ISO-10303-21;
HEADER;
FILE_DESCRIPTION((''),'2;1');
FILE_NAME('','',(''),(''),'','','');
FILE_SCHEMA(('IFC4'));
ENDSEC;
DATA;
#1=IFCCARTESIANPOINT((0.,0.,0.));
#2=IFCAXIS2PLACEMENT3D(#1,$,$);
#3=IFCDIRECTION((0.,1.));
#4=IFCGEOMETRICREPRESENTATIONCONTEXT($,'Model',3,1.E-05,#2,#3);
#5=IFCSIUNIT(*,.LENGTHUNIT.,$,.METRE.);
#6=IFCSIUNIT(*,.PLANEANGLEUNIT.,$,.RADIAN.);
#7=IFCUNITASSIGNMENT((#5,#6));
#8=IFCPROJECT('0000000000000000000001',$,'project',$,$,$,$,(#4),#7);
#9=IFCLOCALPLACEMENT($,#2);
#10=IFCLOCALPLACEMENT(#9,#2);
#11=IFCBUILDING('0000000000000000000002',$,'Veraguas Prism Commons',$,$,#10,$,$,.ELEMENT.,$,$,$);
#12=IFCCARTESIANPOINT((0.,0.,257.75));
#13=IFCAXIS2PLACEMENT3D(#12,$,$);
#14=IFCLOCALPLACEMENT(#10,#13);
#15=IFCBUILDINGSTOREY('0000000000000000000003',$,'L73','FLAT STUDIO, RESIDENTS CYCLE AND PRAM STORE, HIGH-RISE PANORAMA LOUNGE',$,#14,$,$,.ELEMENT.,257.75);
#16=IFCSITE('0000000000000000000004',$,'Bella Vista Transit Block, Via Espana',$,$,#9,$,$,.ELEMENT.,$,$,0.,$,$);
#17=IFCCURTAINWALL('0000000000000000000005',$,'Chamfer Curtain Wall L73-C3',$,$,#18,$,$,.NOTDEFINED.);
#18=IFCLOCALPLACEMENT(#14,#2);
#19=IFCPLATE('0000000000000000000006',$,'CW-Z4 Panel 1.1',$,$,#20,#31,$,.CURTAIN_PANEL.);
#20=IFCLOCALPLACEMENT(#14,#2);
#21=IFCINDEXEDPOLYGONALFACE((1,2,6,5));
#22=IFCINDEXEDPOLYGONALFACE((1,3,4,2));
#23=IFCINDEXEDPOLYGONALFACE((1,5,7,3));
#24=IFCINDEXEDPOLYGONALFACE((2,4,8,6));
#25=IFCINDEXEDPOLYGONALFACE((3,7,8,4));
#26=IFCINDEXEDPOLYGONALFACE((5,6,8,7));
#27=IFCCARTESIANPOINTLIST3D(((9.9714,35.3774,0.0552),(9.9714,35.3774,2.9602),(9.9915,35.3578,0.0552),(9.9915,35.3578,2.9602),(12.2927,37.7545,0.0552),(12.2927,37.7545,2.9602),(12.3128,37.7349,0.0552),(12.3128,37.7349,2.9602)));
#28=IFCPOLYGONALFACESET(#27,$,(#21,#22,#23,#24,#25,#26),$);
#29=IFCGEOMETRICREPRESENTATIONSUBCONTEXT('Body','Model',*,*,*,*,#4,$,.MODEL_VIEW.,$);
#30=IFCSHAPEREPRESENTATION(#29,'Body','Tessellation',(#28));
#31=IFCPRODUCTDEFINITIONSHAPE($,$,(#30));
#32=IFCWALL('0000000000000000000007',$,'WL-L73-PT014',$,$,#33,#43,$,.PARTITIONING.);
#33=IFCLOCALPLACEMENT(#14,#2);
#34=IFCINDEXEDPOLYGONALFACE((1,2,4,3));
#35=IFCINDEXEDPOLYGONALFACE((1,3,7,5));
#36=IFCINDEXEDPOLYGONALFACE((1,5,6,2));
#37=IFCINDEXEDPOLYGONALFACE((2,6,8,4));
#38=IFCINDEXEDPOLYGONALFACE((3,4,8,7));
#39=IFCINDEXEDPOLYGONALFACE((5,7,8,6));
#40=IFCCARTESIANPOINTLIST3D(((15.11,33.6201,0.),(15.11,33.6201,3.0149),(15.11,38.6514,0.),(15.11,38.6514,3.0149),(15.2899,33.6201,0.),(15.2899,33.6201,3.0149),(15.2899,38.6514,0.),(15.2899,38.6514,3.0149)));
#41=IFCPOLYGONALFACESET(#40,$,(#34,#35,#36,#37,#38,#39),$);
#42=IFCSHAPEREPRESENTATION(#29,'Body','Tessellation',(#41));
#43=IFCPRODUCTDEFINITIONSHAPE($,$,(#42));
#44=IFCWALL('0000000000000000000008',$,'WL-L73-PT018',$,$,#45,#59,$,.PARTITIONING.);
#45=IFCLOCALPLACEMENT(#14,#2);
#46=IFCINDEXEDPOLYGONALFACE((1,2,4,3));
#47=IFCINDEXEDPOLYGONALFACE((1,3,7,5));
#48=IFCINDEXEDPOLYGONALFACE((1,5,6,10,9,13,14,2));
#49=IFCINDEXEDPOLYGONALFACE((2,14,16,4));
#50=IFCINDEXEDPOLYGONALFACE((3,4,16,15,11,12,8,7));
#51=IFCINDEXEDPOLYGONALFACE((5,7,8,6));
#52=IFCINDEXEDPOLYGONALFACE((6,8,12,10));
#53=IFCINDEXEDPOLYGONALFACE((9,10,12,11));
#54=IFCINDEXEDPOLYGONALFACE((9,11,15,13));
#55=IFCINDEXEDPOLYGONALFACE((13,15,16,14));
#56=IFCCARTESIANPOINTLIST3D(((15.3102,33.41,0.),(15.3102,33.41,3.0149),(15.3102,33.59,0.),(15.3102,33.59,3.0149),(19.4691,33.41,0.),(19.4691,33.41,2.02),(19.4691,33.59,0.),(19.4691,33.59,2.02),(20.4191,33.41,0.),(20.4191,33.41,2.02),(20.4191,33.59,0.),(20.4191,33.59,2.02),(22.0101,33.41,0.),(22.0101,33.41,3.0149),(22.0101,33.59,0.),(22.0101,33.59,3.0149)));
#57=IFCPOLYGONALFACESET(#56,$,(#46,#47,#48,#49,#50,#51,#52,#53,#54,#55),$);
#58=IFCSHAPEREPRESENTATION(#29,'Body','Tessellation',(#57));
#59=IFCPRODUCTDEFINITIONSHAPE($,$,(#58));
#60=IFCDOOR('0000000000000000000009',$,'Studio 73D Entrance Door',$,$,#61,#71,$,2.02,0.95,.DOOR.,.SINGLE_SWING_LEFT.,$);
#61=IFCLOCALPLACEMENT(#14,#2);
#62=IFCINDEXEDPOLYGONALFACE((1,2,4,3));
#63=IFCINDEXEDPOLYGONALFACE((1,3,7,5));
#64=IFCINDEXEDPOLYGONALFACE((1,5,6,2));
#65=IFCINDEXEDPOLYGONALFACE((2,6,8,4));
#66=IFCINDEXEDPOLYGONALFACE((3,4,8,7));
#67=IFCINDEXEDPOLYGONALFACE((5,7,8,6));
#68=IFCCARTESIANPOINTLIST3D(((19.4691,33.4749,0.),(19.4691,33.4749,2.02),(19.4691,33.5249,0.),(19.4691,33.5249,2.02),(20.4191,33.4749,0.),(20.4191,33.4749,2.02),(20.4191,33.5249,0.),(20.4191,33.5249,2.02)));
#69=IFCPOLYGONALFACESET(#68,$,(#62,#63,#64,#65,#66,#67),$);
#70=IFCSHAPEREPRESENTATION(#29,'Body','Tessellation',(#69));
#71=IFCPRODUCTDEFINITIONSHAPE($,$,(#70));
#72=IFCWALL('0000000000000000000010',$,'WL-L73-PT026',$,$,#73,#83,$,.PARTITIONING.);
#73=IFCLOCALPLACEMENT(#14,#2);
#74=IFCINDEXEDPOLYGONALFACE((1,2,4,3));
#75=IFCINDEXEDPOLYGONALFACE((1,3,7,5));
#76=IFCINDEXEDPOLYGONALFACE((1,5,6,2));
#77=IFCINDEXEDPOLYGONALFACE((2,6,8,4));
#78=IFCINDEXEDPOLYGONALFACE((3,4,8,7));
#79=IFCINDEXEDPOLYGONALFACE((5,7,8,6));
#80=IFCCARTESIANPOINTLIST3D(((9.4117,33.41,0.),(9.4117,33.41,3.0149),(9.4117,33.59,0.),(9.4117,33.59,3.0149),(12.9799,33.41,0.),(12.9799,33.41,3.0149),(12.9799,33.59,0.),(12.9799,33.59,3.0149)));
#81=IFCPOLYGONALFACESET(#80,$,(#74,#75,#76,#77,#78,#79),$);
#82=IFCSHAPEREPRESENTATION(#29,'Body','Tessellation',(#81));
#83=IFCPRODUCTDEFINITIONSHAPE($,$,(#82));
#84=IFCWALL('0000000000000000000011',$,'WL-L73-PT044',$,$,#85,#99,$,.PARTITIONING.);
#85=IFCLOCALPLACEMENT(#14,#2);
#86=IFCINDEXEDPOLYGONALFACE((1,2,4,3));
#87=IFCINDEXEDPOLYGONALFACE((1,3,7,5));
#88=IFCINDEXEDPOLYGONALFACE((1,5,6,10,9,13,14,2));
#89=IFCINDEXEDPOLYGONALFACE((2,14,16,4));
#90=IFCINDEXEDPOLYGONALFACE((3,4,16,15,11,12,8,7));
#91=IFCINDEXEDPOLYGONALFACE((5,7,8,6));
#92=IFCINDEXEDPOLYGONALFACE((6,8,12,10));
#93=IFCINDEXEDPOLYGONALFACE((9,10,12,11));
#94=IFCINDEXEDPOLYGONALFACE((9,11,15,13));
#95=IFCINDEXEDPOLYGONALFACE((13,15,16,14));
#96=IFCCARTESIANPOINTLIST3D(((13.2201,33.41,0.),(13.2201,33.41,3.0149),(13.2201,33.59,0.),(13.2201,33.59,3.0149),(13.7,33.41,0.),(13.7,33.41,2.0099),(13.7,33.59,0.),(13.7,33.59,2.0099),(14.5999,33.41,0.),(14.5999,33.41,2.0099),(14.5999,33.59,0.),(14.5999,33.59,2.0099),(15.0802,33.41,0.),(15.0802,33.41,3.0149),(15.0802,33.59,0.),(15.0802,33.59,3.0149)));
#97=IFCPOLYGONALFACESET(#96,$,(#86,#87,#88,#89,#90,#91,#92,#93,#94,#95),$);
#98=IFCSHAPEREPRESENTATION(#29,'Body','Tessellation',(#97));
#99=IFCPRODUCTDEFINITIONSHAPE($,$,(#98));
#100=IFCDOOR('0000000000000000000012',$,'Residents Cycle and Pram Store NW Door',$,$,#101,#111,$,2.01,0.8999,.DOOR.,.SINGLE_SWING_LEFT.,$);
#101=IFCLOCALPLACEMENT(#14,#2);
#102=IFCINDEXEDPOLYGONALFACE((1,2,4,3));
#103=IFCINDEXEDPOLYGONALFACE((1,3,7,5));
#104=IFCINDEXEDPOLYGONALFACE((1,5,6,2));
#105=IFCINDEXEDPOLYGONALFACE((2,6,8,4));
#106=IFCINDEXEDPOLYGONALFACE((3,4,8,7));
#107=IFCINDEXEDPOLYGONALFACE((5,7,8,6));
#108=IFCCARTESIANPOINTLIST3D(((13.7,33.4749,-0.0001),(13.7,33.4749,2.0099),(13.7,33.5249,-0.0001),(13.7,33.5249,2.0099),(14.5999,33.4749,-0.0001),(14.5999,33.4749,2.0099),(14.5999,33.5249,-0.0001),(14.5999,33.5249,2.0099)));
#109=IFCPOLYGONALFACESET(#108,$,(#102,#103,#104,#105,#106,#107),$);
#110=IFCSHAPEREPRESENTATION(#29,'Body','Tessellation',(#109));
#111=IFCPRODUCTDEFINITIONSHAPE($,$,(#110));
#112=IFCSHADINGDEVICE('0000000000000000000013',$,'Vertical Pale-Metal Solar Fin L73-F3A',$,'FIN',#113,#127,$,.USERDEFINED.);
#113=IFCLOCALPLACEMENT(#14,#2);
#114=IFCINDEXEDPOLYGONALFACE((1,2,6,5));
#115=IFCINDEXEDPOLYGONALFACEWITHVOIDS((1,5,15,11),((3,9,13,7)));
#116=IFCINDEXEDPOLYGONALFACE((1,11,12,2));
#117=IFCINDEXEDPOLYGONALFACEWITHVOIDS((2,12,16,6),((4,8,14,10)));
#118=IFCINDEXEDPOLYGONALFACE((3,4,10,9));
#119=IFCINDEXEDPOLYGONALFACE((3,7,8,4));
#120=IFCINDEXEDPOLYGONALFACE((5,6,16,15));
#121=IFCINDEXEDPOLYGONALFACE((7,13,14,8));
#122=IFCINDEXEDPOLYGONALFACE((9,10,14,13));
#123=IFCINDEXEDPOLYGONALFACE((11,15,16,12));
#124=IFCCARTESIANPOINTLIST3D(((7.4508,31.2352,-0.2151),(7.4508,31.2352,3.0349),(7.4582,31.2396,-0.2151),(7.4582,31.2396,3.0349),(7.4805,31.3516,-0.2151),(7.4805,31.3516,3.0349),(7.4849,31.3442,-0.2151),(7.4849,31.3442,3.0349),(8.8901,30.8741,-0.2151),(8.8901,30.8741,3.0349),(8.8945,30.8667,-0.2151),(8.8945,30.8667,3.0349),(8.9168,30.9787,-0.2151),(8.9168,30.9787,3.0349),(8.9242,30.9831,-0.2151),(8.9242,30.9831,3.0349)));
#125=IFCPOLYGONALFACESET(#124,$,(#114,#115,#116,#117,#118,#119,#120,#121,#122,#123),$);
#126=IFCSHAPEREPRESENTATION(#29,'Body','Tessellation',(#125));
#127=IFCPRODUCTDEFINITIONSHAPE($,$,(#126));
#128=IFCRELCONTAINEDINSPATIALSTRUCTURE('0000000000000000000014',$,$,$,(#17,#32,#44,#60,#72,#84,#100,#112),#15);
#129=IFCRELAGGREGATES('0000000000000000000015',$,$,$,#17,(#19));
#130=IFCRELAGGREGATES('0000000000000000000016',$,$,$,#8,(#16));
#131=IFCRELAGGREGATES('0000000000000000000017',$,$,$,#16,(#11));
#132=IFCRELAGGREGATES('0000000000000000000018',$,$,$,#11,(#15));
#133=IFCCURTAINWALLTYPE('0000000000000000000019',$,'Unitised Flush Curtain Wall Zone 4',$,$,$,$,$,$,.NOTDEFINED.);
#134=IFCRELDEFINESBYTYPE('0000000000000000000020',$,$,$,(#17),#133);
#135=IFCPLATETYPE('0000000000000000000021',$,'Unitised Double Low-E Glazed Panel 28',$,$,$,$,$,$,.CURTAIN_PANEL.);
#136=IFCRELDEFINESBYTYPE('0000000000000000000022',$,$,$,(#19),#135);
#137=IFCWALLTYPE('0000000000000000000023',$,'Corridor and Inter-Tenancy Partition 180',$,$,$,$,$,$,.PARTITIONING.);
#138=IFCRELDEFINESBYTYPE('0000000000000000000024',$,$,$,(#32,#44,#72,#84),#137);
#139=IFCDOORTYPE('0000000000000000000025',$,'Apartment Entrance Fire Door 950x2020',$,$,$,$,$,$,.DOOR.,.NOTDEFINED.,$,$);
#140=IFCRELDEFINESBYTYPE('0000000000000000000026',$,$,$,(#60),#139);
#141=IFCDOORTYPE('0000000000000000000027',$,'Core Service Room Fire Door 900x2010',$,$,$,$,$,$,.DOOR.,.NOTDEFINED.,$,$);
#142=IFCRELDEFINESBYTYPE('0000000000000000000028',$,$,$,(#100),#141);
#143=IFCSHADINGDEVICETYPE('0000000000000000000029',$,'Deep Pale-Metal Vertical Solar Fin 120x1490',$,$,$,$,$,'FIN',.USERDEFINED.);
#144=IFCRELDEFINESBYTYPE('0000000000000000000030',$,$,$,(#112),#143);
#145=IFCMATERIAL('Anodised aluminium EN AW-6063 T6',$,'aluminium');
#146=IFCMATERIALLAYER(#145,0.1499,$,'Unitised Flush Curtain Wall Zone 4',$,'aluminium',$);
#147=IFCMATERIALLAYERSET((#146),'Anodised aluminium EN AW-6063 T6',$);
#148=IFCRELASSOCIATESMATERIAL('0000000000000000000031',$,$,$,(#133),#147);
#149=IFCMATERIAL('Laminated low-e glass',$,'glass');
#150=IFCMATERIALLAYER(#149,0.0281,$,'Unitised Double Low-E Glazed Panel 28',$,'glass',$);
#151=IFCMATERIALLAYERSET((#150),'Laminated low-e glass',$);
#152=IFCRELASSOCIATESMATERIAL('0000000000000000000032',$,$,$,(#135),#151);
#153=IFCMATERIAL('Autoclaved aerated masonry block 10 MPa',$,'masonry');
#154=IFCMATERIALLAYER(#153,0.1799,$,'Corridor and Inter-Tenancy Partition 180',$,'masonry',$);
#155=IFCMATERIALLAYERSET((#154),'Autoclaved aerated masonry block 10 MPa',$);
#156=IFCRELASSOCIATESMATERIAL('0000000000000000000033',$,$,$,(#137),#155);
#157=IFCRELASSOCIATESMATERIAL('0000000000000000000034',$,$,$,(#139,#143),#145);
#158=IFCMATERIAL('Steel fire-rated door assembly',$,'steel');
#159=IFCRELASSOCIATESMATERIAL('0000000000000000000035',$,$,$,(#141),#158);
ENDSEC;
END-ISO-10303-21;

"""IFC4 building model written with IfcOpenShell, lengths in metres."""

from ifc_helpers import new_model, si_unit, direction, frame, frame_2d, origin, origin_2d, place, context, subcontext, project, spatial, rectangle, hollow_rectangle, extrude, source, transform, mapped, material, layer, layer_set, material_profile, profile_set, type_object, element, fill, aggregate, save


model = new_model("IFC4")

# Units and contexts
model_context = context("Model", 3, precision=1e-05, world=origin(), true_north=direction((0.0, 1.0)))
body_context = subcontext(model_context, "Body", "Model", "MODEL_VIEW")
ifc_project = project(units=[si_unit("LENGTHUNIT", "METRE"), si_unit("PLANEANGLEUNIT", "RADIAN")], contexts=[model_context])

# Site, building, storey
site_placement = place(None, origin())
site = spatial("IfcSite", under=ifc_project, at=site_placement, Name="Bella Vista Transit Block, Via Espana", CompositionType="ELEMENT", RefElevation=0.0)
building_placement = place(site_placement, origin())
building = spatial("IfcBuilding", under=site, at=building_placement, Name="Veraguas Prism Commons", CompositionType="ELEMENT")
storey_placement = place(building_placement, frame((0.0, 0.0, 257.75)))
storey = spatial("IfcBuildingStorey", under=building, at=storey_placement, Name="L73", Description="FLAT STUDIO, RESIDENTS CYCLE AND PRAM STORE, HIGH-RISE PANORAMA LOUNGE", CompositionType="ELEMENT", Elevation=257.75)

# Shared definitions
ifc_material_1 = material(Name="Anodised aluminium EN AW-6063 T6", Category="aluminium")
ifc_layer_1 = layer(ifc_material_1, 0.1499, Name="Unitised Flush Curtain Wall Zone 4", Category="aluminium")
ifc_layer_set_1 = layer_set([ifc_layer_1], Name="Anodised aluminium EN AW-6063 T6")
curtain_wall_type = type_object("IfcCurtainWallType", Name="Unitised Flush Curtain Wall Zone 4", PredefinedType="NOTDEFINED", material=ifc_layer_set_1)

# Curtain wall
curtain_wall_1_placement = place(storey_placement, origin())
curtain_wall_1 = element("IfcCurtainWall", 1, at=curtain_wall_1_placement, inside=storey, type_object=curtain_wall_type, Name="Chamfer Curtain Wall L73-C3", PredefinedType="NOTDEFINED")

# Plate
ifc_material_2 = material(Name="Laminated low-e glass", Category="glass")
ifc_layer_2 = layer(ifc_material_2, 0.0281, Name="Unitised Double Low-E Glazed Panel 28", Category="glass")
ifc_layer_set_2 = layer_set([ifc_layer_2], Name="Laminated low-e glass")
plate_type = type_object("IfcPlateType", Name="Unitised Double Low-E Glazed Panel 28", PredefinedType="CURTAIN_PANEL", material=ifc_layer_set_2)
shared_shape_1 = source(origin(), body_context, "Body", "SweptSolid", [
    extrude(rectangle(XDim=3.3225, YDim=0.0281, at=origin_2d()), origin(), (0.0, 0.0, 1.0), 2.905),
])
plate_1_placement = place(storey_placement, frame((11.1421, 36.5562, 0.0552), z_axis=(0.0, 0.0, 1.0), x_axis=(-0.698663, -0.715451, 0.0)))
plate_1 = element("IfcPlate", 2, at=plate_1_placement, type_object=plate_type, Name="CW-Z4 Panel 1.1", PredefinedType="CURTAIN_PANEL", context=body_context, shape_type="MappedRepresentation", body=[
    mapped(shared_shape_1, transform((0.0, 0.0, 0.0), scale=1.0)),
])
aggregate(curtain_wall_1, [plate_1])

# Wall
ifc_material_3 = material(Name="Autoclaved aerated masonry block 10 MPa", Category="masonry")
ifc_layer_3 = layer(ifc_material_3, 0.1799, Name="Corridor and Inter-Tenancy Partition 180", Category="masonry")
ifc_layer_set_3 = layer_set([ifc_layer_3], Name="Autoclaved aerated masonry block 10 MPa")
wall_type = type_object("IfcWallType", Name="Corridor and Inter-Tenancy Partition 180", PredefinedType="PARTITIONING", material=ifc_layer_set_3)
wall_1_placement = place(storey_placement, frame((15.2, 33.6201, 0.0), z_axis=(0.0, 0.0, 1.0), x_axis=(0.0, 1.0, 0.0)))
element("IfcWall", 3, at=wall_1_placement, inside=storey, type_object=wall_type, Name="WL-L73-PT014", PredefinedType="PARTITIONING", context=body_context, shape_type="SweptSolid", body=[
    extrude(rectangle(XDim=5.0312, YDim=0.1799, at=frame_2d((2.5156, 0.0))), origin(), (0.0, 0.0, 1.0), 3.0149),
])

# Wall, opening, door
wall_2_placement = place(storey_placement, frame((15.3101, 33.5, 0.0), z_axis=(0.0, 0.0, 1.0), x_axis=(1.0, 0.0, 0.0)))
wall_2 = element("IfcWall", 4, at=wall_2_placement, inside=storey, type_object=wall_type, Name="WL-L73-PT018", PredefinedType="PARTITIONING", context=body_context, shape_type="SweptSolid", body=[
    extrude(rectangle(XDim=6.7, YDim=0.1799, at=frame_2d((3.3501, 0.0))), origin(), (0.0, 0.0, 1.0), 3.0149),
])
opening_1_placement = place(wall_2_placement, frame((4.1589, 0.0, 0.0)))
opening_1 = element("IfcOpeningElement", 5, at=opening_1_placement, cuts=wall_2, PredefinedType="OPENING", context=body_context, shape_type="SweptSolid", body=[
    extrude(rectangle(XDim=0.95, YDim=2.02, at=frame_2d((0.4751, 1.01))), frame((0.0, 0.0999, 0.0), z_axis=(0.0, -1.0, 0.0), x_axis=(1.0, 0.0, 0.0)), (0.0, 0.0, 1.0), 0.2),
])
door_type_1 = type_object("IfcDoorType", Name="Apartment Entrance Fire Door 950x2020", OperationType="NOTDEFINED", PredefinedType="DOOR", material=ifc_material_1)
shared_shape_2 = source(origin(), body_context, "Body", "SweptSolid", [
    extrude(rectangle(XDim=0.95, YDim=2.02, at=frame_2d((0.4751, 1.01))), frame((0.0, 0.0249, 0.0), z_axis=(0.0, -1.0, 0.0), x_axis=(1.0, 0.0, 0.0)), (0.0, 0.0, 1.0), 0.05),
])
door_1_placement = place(opening_1_placement, origin())
door_1 = element("IfcDoor", 6, at=door_1_placement, inside=storey, type_object=door_type_1, Name="Studio 73D Entrance Door", OperationType="SINGLE_SWING_LEFT", OverallHeight=2.02, OverallWidth=0.95, PredefinedType="DOOR", context=body_context, shape_type="MappedRepresentation", body=[
    mapped(shared_shape_2, transform((0.0, 0.0, 0.0), scale=1.0)),
])
fill(opening_1, door_1)

# Wall
wall_3_placement = place(storey_placement, frame((12.98, 33.5, 0.0), z_axis=(0.0, 0.0, 1.0), x_axis=(-1.0, 0.0, 0.0)))
element("IfcWall", 7, at=wall_3_placement, inside=storey, type_object=wall_type, Name="WL-L73-PT026", PredefinedType="PARTITIONING", context=body_context, shape_type="SweptSolid", body=[
    extrude(rectangle(XDim=3.5681, YDim=0.1799, at=frame_2d((1.7842, 0.0))), origin(), (0.0, 0.0, 1.0), 3.0149),
])

# Wall, opening, door
wall_4_placement = place(storey_placement, frame((13.22, 33.5, 0.0), z_axis=(0.0, 0.0, 1.0), x_axis=(1.0, 0.0, 0.0)))
wall_4 = element("IfcWall", 8, at=wall_4_placement, inside=storey, type_object=wall_type, Name="WL-L73-PT044", PredefinedType="PARTITIONING", context=body_context, shape_type="SweptSolid", body=[
    extrude(rectangle(XDim=1.8601, YDim=0.1799, at=frame_2d((0.9302, 0.0))), origin(), (0.0, 0.0, 1.0), 3.0149),
])
opening_2_placement = place(wall_4_placement, frame((0.48, 0.0, 0.0)))
opening_2 = element("IfcOpeningElement", 9, at=opening_2_placement, cuts=wall_4, PredefinedType="OPENING", context=body_context, shape_type="SweptSolid", body=[
    extrude(rectangle(XDim=0.8999, YDim=2.01, at=frame_2d((0.45, 1.0049))), frame((0.0, 0.0999, 0.0), z_axis=(0.0, -1.0, 0.0), x_axis=(1.0, 0.0, 0.0)), (0.0, 0.0, 1.0), 0.2),
])
ifc_material_4 = material(Name="Steel fire-rated door assembly", Category="steel")
door_type_2 = type_object("IfcDoorType", Name="Core Service Room Fire Door 900x2010", OperationType="NOTDEFINED", PredefinedType="DOOR", material=ifc_material_4)
shared_shape_3 = source(origin(), body_context, "Body", "SweptSolid", [
    extrude(rectangle(XDim=0.8999, YDim=2.01, at=frame_2d((0.45, 1.0049))), frame((0.0, 0.0249, 0.0), z_axis=(0.0, -1.0, 0.0), x_axis=(1.0, 0.0, 0.0)), (0.0, 0.0, 1.0), 0.05),
])
door_2_placement = place(opening_2_placement, origin())
door_2 = element("IfcDoor", 10, at=door_2_placement, inside=storey, type_object=door_type_2, Name="Residents Cycle and Pram Store NW Door", OperationType="SINGLE_SWING_LEFT", OverallHeight=2.01, OverallWidth=0.8999, PredefinedType="DOOR", context=body_context, shape_type="MappedRepresentation", body=[
    mapped(shared_shape_3, transform((0.0, 0.0, 0.0), scale=1.0)),
])
fill(opening_2, door_2)

# Shading device
ifc_material_profile_1 = material_profile(ifc_material_1, hollow_rectangle(XDim=0.1201, YDim=1.49, WallThickness=0.0061, at=origin_2d()), Name="FIN120X1490X6")
ifc_profile_set_1 = profile_set([ifc_material_profile_1], Name="Anodised aluminium EN AW-6063 T6")
shading_device_type = type_object("IfcShadingDeviceType", Name="Deep Pale-Metal Vertical Solar Fin 120x1490", ElementType="FIN", PredefinedType="USERDEFINED", material=ifc_profile_set_1)
shading_device_placement = place(storey_placement, frame((8.1875, 31.1091, -0.2151), z_axis=(0.0, 0.0, 1.0), x_axis=(-0.247334, -0.96893, 0.0)))
element("IfcShadingDevice", 11, at=shading_device_placement, inside=storey, type_object=shading_device_type, Name="Vertical Pale-Metal Solar Fin L73-F3A", ObjectType="FIN", PredefinedType="USERDEFINED", context=body_context, shape_type="SweptSolid", body=[
    extrude(hollow_rectangle(XDim=0.1201, YDim=1.49, WallThickness=0.0061, at=origin_2d()), origin(), (0.0, 0.0, 1.0), 3.25),
])

save(model, "model.ifc")
